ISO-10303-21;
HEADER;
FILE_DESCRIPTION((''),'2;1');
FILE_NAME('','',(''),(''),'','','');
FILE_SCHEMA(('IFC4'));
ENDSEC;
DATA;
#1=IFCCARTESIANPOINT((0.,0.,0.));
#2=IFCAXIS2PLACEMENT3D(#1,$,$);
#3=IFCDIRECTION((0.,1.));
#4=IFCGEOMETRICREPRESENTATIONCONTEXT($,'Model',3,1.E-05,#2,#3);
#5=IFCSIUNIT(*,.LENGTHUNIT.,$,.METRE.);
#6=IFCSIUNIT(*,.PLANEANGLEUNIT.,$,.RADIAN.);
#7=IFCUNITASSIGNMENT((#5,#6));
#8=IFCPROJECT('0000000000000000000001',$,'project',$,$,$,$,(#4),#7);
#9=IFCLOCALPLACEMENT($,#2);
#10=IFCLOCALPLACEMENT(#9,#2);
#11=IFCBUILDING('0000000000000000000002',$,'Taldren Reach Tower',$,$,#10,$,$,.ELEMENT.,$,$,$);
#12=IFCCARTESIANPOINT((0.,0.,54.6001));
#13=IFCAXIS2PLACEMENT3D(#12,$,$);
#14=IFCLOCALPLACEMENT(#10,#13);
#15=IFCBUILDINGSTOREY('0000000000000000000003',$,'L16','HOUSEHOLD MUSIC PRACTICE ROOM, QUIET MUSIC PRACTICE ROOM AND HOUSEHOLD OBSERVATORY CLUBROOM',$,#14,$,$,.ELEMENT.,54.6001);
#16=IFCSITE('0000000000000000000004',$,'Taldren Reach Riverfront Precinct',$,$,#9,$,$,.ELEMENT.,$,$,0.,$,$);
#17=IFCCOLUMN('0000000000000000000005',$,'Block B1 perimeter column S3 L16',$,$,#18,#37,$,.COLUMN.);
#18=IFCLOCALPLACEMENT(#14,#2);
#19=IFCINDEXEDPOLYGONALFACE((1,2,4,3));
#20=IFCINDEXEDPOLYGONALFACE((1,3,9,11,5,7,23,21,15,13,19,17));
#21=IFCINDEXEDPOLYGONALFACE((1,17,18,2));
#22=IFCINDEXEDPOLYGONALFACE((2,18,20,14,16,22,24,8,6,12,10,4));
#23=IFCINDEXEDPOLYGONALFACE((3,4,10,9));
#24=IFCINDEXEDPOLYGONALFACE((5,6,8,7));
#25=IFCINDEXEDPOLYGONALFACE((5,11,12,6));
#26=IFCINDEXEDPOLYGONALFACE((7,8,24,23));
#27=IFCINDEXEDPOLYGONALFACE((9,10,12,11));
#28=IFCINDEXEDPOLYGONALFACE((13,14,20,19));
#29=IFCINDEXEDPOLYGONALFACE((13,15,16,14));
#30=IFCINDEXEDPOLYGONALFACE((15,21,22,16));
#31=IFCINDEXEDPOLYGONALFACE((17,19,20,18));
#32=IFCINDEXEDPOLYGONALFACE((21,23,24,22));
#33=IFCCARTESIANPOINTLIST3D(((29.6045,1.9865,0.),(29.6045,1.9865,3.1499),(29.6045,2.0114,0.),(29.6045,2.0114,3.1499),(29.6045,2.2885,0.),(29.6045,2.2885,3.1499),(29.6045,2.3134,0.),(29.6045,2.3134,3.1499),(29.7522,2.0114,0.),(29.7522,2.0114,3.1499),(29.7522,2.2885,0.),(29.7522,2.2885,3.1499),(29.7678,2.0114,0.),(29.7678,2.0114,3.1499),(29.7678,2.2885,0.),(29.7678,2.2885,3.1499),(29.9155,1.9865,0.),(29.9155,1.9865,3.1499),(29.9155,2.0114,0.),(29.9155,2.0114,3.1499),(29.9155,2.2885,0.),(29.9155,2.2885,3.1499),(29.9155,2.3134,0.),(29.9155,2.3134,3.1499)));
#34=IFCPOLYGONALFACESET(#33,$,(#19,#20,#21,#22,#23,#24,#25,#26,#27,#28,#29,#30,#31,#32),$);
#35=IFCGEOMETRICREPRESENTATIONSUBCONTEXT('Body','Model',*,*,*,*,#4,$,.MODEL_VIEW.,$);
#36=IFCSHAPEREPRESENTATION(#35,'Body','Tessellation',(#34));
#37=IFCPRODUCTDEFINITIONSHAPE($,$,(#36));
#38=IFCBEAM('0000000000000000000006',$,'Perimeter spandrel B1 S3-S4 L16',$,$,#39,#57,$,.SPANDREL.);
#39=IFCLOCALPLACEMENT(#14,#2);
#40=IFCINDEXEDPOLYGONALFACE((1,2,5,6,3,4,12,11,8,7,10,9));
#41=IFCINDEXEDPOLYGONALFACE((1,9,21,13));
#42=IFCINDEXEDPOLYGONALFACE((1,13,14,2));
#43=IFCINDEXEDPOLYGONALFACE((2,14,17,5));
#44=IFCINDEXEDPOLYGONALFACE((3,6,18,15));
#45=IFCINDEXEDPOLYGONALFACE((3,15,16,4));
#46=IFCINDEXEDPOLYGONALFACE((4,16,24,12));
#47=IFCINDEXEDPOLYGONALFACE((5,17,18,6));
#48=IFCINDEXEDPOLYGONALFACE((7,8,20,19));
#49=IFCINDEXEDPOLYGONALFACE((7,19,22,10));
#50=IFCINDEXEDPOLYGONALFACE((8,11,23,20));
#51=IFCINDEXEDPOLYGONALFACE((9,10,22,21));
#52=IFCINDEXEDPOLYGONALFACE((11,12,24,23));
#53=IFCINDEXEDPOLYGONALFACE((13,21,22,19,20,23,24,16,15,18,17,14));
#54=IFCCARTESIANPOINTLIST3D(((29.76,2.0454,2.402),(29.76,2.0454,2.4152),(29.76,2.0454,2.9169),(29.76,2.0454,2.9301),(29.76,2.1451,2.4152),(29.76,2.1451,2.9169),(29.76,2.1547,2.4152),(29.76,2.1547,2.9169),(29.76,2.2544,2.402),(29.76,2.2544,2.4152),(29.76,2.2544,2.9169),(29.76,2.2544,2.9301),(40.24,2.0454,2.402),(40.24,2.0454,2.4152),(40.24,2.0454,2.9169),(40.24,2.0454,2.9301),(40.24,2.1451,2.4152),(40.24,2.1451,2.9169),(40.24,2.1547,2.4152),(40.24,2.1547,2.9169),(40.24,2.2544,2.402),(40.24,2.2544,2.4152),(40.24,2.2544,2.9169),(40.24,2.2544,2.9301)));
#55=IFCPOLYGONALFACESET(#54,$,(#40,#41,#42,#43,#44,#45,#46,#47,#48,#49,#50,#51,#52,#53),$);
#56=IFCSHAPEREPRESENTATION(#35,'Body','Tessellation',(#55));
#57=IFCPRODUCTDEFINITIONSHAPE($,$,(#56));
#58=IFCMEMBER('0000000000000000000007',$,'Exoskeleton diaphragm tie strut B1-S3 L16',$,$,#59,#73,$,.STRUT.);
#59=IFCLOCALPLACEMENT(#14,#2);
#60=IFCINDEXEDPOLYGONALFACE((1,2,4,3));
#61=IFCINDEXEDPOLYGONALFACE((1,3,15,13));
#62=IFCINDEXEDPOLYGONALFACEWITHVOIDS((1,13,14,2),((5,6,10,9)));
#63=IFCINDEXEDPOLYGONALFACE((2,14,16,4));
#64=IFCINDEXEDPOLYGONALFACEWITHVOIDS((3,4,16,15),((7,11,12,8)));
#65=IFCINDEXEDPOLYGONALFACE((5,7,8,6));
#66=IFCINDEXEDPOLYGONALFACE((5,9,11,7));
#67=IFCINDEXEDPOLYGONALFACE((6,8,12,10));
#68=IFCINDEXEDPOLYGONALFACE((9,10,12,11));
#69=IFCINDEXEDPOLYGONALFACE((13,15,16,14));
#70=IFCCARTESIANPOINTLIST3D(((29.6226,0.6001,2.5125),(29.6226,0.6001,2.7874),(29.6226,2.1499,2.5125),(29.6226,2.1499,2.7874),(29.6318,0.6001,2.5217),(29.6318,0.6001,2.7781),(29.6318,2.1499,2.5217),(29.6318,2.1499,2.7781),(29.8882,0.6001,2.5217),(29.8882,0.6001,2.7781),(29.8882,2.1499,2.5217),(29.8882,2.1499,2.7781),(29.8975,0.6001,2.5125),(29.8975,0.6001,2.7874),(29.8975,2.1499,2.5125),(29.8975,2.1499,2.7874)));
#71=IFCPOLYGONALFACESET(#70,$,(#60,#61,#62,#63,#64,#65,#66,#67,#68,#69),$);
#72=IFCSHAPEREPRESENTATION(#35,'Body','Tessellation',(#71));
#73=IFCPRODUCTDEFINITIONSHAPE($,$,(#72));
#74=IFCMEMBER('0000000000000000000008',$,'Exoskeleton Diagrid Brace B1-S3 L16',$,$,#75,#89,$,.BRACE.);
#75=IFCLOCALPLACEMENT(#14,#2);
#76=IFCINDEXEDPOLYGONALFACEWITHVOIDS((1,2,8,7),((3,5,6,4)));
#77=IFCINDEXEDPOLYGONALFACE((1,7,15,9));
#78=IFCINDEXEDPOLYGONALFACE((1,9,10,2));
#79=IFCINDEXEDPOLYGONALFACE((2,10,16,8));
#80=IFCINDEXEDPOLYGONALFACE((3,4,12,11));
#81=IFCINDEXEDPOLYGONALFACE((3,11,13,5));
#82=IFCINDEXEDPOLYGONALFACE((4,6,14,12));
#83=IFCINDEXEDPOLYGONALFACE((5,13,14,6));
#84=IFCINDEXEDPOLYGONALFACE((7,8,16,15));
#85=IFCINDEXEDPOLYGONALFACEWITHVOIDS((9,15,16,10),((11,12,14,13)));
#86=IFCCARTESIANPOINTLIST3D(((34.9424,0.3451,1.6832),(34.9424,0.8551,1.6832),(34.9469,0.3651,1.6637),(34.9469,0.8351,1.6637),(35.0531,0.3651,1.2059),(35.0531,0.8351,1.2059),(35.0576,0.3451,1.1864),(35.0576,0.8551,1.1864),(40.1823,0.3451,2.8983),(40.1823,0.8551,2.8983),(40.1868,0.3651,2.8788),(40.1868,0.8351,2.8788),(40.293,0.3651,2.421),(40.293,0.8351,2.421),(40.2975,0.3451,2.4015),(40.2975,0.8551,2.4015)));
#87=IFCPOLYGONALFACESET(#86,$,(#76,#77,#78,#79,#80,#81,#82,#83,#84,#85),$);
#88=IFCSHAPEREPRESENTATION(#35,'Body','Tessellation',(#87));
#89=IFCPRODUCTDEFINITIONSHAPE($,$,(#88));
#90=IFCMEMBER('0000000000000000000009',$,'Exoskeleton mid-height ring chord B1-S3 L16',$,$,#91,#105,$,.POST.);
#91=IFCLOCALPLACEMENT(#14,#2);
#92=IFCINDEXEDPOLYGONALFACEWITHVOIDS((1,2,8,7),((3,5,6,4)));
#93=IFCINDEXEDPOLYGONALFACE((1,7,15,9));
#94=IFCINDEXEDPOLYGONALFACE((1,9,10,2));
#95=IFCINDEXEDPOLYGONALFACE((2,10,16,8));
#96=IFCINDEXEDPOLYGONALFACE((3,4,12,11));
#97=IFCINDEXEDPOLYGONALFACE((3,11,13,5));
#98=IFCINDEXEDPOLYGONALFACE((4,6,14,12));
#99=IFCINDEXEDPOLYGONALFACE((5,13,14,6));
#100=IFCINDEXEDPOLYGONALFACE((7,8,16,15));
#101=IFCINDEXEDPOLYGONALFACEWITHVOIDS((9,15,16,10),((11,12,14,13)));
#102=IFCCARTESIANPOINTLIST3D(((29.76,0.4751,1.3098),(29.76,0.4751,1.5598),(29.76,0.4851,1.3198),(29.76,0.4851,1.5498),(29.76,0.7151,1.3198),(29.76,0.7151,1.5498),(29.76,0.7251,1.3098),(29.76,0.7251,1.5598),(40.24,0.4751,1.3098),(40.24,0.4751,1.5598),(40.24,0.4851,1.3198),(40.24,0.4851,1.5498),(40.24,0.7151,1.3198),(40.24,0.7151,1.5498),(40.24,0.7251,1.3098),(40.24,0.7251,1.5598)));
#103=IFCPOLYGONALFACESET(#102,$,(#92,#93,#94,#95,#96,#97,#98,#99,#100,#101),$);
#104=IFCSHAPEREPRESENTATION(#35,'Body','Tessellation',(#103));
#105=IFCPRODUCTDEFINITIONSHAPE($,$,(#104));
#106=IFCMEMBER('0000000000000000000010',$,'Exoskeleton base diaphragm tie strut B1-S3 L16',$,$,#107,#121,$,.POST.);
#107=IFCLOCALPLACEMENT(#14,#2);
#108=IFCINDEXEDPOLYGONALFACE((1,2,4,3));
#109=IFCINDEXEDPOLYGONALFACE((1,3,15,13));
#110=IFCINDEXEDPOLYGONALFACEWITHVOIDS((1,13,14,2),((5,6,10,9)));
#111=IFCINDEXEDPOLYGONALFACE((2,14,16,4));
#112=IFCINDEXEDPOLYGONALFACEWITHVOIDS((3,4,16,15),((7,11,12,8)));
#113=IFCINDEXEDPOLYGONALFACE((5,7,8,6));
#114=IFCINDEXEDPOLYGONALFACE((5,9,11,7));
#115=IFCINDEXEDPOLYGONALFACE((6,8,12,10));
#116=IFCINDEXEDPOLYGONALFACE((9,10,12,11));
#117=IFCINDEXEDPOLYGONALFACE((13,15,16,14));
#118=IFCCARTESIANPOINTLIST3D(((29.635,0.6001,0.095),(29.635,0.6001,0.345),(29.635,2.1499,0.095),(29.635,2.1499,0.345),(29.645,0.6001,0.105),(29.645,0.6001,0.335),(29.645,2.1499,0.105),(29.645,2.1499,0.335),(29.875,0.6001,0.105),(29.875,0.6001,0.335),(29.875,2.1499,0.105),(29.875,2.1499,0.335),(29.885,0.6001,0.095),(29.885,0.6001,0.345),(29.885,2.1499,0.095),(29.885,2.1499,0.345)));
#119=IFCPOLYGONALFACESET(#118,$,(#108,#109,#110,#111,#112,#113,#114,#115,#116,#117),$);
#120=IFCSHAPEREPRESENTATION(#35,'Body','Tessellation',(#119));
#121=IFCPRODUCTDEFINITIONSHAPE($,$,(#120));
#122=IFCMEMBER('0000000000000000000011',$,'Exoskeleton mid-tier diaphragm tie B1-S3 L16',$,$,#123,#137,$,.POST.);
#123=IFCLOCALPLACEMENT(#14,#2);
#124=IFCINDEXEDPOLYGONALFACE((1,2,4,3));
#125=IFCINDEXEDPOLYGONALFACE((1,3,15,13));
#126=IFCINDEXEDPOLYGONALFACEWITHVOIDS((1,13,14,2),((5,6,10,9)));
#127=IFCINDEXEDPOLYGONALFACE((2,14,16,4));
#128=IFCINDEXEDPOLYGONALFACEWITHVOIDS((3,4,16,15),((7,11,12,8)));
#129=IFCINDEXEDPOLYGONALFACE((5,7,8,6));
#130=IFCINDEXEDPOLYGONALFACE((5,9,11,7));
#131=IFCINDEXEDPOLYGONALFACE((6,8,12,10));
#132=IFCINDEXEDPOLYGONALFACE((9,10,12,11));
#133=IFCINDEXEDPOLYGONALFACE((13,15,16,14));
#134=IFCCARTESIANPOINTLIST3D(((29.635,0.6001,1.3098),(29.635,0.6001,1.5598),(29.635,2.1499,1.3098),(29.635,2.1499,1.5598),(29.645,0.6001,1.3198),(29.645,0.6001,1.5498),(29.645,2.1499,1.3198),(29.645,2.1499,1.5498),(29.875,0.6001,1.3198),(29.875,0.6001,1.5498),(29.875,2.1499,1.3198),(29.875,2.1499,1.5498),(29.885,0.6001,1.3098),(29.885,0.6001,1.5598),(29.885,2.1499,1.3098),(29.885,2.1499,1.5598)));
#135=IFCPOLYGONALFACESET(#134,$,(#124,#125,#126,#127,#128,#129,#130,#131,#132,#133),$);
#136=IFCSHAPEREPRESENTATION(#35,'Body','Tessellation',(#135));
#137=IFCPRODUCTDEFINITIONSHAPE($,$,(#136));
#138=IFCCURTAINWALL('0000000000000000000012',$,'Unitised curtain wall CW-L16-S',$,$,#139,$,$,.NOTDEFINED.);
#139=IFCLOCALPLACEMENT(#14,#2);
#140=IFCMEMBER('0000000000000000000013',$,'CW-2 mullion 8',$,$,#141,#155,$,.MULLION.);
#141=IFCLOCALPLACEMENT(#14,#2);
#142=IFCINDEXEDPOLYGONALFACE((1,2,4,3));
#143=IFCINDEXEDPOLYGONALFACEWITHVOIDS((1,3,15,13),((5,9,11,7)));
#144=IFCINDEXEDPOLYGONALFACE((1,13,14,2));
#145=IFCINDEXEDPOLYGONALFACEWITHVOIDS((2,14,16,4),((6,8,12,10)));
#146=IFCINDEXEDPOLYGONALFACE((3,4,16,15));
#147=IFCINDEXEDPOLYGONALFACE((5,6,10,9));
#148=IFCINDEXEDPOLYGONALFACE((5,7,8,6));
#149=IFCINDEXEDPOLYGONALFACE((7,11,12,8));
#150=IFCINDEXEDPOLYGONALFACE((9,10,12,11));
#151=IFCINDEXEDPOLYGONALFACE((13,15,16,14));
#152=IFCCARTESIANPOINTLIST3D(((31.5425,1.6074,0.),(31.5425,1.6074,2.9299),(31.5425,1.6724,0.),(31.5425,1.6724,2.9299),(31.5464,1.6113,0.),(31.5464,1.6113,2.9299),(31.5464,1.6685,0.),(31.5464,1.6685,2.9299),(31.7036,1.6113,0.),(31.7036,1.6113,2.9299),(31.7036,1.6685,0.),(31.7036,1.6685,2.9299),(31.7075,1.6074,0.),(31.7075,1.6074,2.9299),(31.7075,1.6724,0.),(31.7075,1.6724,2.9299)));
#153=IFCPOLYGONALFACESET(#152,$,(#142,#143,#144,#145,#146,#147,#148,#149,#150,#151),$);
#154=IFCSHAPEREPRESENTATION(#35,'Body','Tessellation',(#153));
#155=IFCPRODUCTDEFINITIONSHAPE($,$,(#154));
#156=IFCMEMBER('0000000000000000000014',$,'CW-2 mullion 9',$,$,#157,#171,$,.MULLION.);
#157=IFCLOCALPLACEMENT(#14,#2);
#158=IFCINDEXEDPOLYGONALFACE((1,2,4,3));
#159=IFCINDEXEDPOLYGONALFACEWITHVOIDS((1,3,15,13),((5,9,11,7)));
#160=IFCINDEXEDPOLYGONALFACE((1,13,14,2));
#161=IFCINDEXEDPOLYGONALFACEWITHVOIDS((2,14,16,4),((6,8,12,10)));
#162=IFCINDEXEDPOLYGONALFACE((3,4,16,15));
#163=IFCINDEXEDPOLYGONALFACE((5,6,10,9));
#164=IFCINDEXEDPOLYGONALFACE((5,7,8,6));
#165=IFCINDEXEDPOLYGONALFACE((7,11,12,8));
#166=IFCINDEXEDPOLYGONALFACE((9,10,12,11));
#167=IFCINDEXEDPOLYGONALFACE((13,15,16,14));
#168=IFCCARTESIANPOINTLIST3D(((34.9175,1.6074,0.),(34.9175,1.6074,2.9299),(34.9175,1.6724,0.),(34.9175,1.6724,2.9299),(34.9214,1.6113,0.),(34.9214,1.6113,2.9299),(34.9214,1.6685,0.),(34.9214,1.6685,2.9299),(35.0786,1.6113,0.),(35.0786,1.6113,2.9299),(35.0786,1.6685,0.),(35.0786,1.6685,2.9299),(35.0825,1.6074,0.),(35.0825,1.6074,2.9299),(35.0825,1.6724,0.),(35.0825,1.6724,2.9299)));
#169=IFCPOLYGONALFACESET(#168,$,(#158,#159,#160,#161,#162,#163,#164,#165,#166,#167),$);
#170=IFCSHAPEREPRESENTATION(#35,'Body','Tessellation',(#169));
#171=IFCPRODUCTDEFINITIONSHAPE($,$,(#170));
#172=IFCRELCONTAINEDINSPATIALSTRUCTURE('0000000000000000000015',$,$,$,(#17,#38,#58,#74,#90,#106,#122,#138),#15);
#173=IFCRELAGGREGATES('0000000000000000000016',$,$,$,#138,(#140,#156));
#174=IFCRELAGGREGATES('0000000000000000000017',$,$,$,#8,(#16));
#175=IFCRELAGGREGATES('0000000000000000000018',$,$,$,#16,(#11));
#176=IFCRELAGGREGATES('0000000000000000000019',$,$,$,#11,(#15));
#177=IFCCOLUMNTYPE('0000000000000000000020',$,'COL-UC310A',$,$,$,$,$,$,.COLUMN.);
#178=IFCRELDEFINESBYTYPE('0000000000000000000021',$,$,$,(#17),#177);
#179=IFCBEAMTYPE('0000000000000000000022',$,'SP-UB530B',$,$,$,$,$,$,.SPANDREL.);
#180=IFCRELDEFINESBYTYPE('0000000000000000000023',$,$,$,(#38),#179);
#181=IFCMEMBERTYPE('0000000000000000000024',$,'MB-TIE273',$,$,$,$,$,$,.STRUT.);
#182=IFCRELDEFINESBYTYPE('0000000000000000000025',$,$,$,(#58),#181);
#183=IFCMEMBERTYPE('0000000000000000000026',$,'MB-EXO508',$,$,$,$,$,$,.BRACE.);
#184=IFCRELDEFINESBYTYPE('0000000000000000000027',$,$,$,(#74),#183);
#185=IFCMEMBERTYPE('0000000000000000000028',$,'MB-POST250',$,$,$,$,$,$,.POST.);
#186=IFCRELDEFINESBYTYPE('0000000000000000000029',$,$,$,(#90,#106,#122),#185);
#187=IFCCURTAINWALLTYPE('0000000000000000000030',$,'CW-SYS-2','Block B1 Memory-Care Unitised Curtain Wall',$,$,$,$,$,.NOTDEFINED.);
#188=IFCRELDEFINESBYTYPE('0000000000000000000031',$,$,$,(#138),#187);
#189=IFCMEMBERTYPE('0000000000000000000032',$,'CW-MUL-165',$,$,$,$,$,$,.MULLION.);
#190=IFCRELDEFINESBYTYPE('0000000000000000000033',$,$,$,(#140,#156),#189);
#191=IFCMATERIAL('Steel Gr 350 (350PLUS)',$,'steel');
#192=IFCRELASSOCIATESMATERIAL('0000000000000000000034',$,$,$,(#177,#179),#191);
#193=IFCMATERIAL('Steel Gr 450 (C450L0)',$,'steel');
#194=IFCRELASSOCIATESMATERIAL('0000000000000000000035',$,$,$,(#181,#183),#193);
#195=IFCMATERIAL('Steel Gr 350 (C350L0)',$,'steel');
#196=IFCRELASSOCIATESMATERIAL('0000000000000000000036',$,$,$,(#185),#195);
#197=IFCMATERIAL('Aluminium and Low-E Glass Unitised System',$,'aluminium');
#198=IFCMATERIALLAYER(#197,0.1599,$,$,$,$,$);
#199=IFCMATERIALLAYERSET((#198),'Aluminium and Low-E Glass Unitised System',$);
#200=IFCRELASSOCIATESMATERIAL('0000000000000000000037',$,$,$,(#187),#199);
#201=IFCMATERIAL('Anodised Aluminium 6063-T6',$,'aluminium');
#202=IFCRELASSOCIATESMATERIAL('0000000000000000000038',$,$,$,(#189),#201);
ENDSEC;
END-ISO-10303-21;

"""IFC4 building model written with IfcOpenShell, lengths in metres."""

from ifc_helpers import new_model, si_unit, direction, frame, origin, origin_2d, place, context, subcontext, project, spatial, hollow_rectangle, i_section, extrude, source, transform, mapped, material, layer, layer_set, material_profile, profile_set, type_object, element, aggregate, save


model = new_model("IFC4")

# Units and contexts
model_context = context("Model", 3, precision=1e-05, world=origin(), true_north=direction((0.0, 1.0)))
body_context = subcontext(model_context, "Body", "Model", "MODEL_VIEW")
ifc_project = project(units=[si_unit("LENGTHUNIT", "METRE"), si_unit("PLANEANGLEUNIT", "RADIAN")], contexts=[model_context])

# Site, building, storey
site_placement = place(None, origin())
site = spatial("IfcSite", under=ifc_project, at=site_placement, Name="Taldren Reach Riverfront Precinct", CompositionType="ELEMENT", RefElevation=0.0)
building_placement = place(site_placement, origin())
building = spatial("IfcBuilding", under=site, at=building_placement, Name="Taldren Reach Tower", CompositionType="ELEMENT")
storey_placement = place(building_placement, frame((0.0, 0.0, 54.6001)))
storey = spatial("IfcBuildingStorey", under=building, at=storey_placement, Name="L16", Description="HOUSEHOLD MUSIC PRACTICE ROOM, QUIET MUSIC PRACTICE ROOM AND HOUSEHOLD OBSERVATORY CLUBROOM", CompositionType="ELEMENT", Elevation=54.6001)

# Column
ifc_material_1 = material(Name="Steel Gr 350 (350PLUS)", Category="steel")
ifc_material_profile_1 = material_profile(ifc_material_1, i_section(OverallWidth=0.311, OverallDepth=0.3269, WebThickness=0.0156, FlangeThickness=0.0249, at=origin_2d()), Name="310UC158")
ifc_profile_set_1 = profile_set([ifc_material_profile_1], Name="Steel Gr 350 (350PLUS)")
column_type = type_object("IfcColumnType", Name="COL-UC310A", PredefinedType="COLUMN", material=ifc_profile_set_1)
shared_shape_1 = source(origin(), body_context, "Body", "SweptSolid", [
    extrude(i_section(OverallWidth=0.311, OverallDepth=0.3269, WebThickness=0.0156, FlangeThickness=0.0249, at=origin_2d()), origin(), (0.0, 0.0, 1.0), 3.1499),
])
column_placement = place(storey_placement, frame((29.76, 2.1499, 0.0), z_axis=(0.0, 0.0, 1.0), x_axis=(1.0, 0.0, 0.0)))
element("IfcColumn", 1, at=column_placement, inside=storey, type_object=column_type, Name="Block B1 perimeter column S3 L16", PredefinedType="COLUMN", context=body_context, shape_type="MappedRepresentation", body=[
    mapped(shared_shape_1, transform((0.0, 0.0, 0.0), scale=1.0)),
])

# Beam
ifc_material_profile_2 = material_profile(ifc_material_1, i_section(OverallWidth=0.209, OverallDepth=0.5281, WebThickness=0.0095, FlangeThickness=0.0132, at=origin_2d()), Name="530UB82.0")
ifc_profile_set_2 = profile_set([ifc_material_profile_2], Name="Steel Gr 350 (350PLUS)")
beam_type = type_object("IfcBeamType", Name="SP-UB530B", PredefinedType="SPANDREL", material=ifc_profile_set_2)
shared_shape_2 = source(origin(), body_context, "Body", "SweptSolid", [
    extrude(i_section(OverallWidth=0.209, OverallDepth=0.5281, WebThickness=0.0095, FlangeThickness=0.0132, at=origin_2d()), origin(), (0.0, 0.0, 1.0), 10.48),
])
beam_placement = place(storey_placement, frame((29.76, 2.1499, 2.666), z_axis=(1.0, 0.0, 0.0), x_axis=(0.0, 1.0, 0.0)))
element("IfcBeam", 2, at=beam_placement, inside=storey, type_object=beam_type, Name="Perimeter spandrel B1 S3-S4 L16", PredefinedType="SPANDREL", context=body_context, shape_type="MappedRepresentation", body=[
    mapped(shared_shape_2, transform((0.0, 0.0, 0.0), scale=1.0)),
])

# Members
ifc_material_2 = material(Name="Steel Gr 450 (C450L0)", Category="steel")
ifc_material_profile_3 = material_profile(ifc_material_2, hollow_rectangle(XDim=0.2749, YDim=0.2749, WallThickness=0.0093, at=origin_2d()), Name="275x275x9.3SHS")
ifc_profile_set_3 = profile_set([ifc_material_profile_3], Name="Steel Gr 450 (C450L0)")
member_type_1 = type_object("IfcMemberType", Name="MB-TIE273", PredefinedType="STRUT", material=ifc_profile_set_3)
shared_shape_3 = source(origin(), body_context, "Body", "SweptSolid", [
    extrude(hollow_rectangle(XDim=0.2749, YDim=0.2749, WallThickness=0.0093, at=origin_2d()), origin(), (0.0, 0.0, 1.0), 1.5498),
])
member_1_placement = place(storey_placement, frame((29.76, 2.1499, 2.6499), z_axis=(0.0, -1.0, 0.0), x_axis=(1.0, 0.0, 0.0)))
element("IfcMember", 3, at=member_1_placement, inside=storey, type_object=member_type_1, Name="Exoskeleton diaphragm tie strut B1-S3 L16", PredefinedType="STRUT", context=body_context, shape_type="MappedRepresentation", body=[
    mapped(shared_shape_3, transform((0.0, 0.0, 0.0), scale=1.0)),
])
ifc_material_profile_4 = material_profile(ifc_material_2, hollow_rectangle(XDim=0.51, YDim=0.51, WallThickness=0.02, at=origin_2d()), Name="510x510x20.0SHS")
ifc_profile_set_4 = profile_set([ifc_material_profile_4], Name="Steel Gr 450 (C450L0)")
member_type_2 = type_object("IfcMemberType", Name="MB-EXO508", PredefinedType="BRACE", material=ifc_profile_set_4)
shared_shape_4 = source(origin(), body_context, "Body", "SweptSolid", [
    extrude(hollow_rectangle(XDim=0.51, YDim=0.51, WallThickness=0.02, at=origin_2d()), origin(), (0.0, 0.0, 1.0), 5.3789),
])
member_2_placement = place(storey_placement, frame((35.0, 0.6001, 1.4348), z_axis=(0.974152, 0.0, 0.225894), x_axis=(0.0, 1.0, 0.0)))
element("IfcMember", 4, at=member_2_placement, inside=storey, type_object=member_type_2, Name="Exoskeleton Diagrid Brace B1-S3 L16", PredefinedType="BRACE", context=body_context, shape_type="MappedRepresentation", body=[
    mapped(shared_shape_4, transform((0.0, 0.0, 0.0), scale=1.0)),
])
ifc_material_3 = material(Name="Steel Gr 350 (C350L0)", Category="steel")
ifc_material_profile_5 = material_profile(ifc_material_3, hollow_rectangle(XDim=0.25, YDim=0.25, WallThickness=0.01, at=origin_2d()), Name="250x250x10.0SHS")
ifc_profile_set_5 = profile_set([ifc_material_profile_5], Name="Steel Gr 350 (C350L0)")
member_type_3 = type_object("IfcMemberType", Name="MB-POST250", PredefinedType="POST", material=ifc_profile_set_5)
shared_shape_5 = source(origin(), body_context, "Body", "SweptSolid", [
    extrude(hollow_rectangle(XDim=0.25, YDim=0.25, WallThickness=0.01, at=origin_2d()), origin(), (0.0, 0.0, 1.0), 10.48),
])
member_3_placement = place(storey_placement, frame((29.76, 0.6001, 1.4348), z_axis=(1.0, 0.0, 0.0), x_axis=(0.0, 1.0, 0.0)))
element("IfcMember", 5, at=member_3_placement, inside=storey, type_object=member_type_3, Name="Exoskeleton mid-height ring chord B1-S3 L16", PredefinedType="POST", context=body_context, shape_type="MappedRepresentation", body=[
    mapped(shared_shape_5, transform((0.0, 0.0, 0.0), scale=1.0)),
])
shared_shape_6 = source(origin(), body_context, "Body", "SweptSolid", [
    extrude(hollow_rectangle(XDim=0.25, YDim=0.25, WallThickness=0.01, at=origin_2d()), origin(), (0.0, 0.0, 1.0), 1.5498),
])
for number, where, z_axis, x_axis, name in (
    (6, (29.76, 2.1499, 0.22), (0.0, -1.0, 0.0), (1.0, 0.0, 0.0), "Exoskeleton base diaphragm tie strut B1-S3 L16"),
    (7, (29.76, 2.1499, 1.4348), (0.0, -1.0, 0.0), (1.0, 0.0, 0.0), "Exoskeleton mid-tier diaphragm tie B1-S3 L16"),
):
    element("IfcMember", number, at=place(storey_placement, frame(where, z_axis=z_axis, x_axis=x_axis)), inside=storey, type_object=member_type_3, Name=name, PredefinedType="POST", context=body_context, shape_type="MappedRepresentation", body=[
        mapped(shared_shape_6, transform((0.0, 0.0, 0.0), scale=1.0)),
    ])

# Curtain wall, members
ifc_material_4 = material(Name="Aluminium and Low-E Glass Unitised System", Category="aluminium")
ifc_layer_1 = layer(ifc_material_4, 0.1599)
ifc_layer_set_1 = layer_set([ifc_layer_1], Name="Aluminium and Low-E Glass Unitised System")
curtain_wall_type = type_object("IfcCurtainWallType", Name="CW-SYS-2", Description="Block B1 Memory-Care Unitised Curtain Wall", PredefinedType="NOTDEFINED", material=ifc_layer_set_1)
curtain_wall_placement = place(storey_placement, origin())
curtain_wall = element("IfcCurtainWall", 8, at=curtain_wall_placement, inside=storey, type_object=curtain_wall_type, Name="Unitised curtain wall CW-L16-S", PredefinedType="NOTDEFINED")
ifc_material_5 = material(Name="Anodised Aluminium 6063-T6", Category="aluminium")
ifc_material_profile_6 = material_profile(ifc_material_5, hollow_rectangle(XDim=0.0649, YDim=0.165, WallThickness=0.0039, at=origin_2d()), Name="ALU-165x65x4RHS")
ifc_profile_set_6 = profile_set([ifc_material_profile_6], Name="Anodised Aluminium 6063-T6")
member_type_4 = type_object("IfcMemberType", Name="CW-MUL-165", PredefinedType="MULLION", material=ifc_profile_set_6)
shared_shape_7 = source(origin(), body_context, "Body", "SweptSolid", [
    extrude(hollow_rectangle(XDim=0.0649, YDim=0.165, WallThickness=0.0039, at=origin_2d()), origin(), (0.0, 0.0, 1.0), 2.9299),
])
member_4_placement = place(storey_placement, frame((31.625, 1.6399, 0.0), z_axis=(0.0, 0.0, 1.0), x_axis=(0.0, 1.0, 0.0)))
member_4 = element("IfcMember", 9, at=member_4_placement, type_object=member_type_4, Name="CW-2 mullion 8", PredefinedType="MULLION", context=body_context, shape_type="MappedRepresentation", body=[
    mapped(shared_shape_7, transform((0.0, 0.0, 0.0), scale=1.0)),
])
member_5_placement = place(storey_placement, frame((35.0, 1.6399, 0.0), z_axis=(0.0, 0.0, 1.0), x_axis=(0.0, 1.0, 0.0)))
member_5 = element("IfcMember", 10, at=member_5_placement, type_object=member_type_4, Name="CW-2 mullion 9", PredefinedType="MULLION", context=body_context, shape_type="MappedRepresentation", body=[
    mapped(shared_shape_7, transform((0.0, 0.0, 0.0), scale=1.0)),
])
aggregate(curtain_wall, [member_4, member_5])

save(model, "model.ifc")
